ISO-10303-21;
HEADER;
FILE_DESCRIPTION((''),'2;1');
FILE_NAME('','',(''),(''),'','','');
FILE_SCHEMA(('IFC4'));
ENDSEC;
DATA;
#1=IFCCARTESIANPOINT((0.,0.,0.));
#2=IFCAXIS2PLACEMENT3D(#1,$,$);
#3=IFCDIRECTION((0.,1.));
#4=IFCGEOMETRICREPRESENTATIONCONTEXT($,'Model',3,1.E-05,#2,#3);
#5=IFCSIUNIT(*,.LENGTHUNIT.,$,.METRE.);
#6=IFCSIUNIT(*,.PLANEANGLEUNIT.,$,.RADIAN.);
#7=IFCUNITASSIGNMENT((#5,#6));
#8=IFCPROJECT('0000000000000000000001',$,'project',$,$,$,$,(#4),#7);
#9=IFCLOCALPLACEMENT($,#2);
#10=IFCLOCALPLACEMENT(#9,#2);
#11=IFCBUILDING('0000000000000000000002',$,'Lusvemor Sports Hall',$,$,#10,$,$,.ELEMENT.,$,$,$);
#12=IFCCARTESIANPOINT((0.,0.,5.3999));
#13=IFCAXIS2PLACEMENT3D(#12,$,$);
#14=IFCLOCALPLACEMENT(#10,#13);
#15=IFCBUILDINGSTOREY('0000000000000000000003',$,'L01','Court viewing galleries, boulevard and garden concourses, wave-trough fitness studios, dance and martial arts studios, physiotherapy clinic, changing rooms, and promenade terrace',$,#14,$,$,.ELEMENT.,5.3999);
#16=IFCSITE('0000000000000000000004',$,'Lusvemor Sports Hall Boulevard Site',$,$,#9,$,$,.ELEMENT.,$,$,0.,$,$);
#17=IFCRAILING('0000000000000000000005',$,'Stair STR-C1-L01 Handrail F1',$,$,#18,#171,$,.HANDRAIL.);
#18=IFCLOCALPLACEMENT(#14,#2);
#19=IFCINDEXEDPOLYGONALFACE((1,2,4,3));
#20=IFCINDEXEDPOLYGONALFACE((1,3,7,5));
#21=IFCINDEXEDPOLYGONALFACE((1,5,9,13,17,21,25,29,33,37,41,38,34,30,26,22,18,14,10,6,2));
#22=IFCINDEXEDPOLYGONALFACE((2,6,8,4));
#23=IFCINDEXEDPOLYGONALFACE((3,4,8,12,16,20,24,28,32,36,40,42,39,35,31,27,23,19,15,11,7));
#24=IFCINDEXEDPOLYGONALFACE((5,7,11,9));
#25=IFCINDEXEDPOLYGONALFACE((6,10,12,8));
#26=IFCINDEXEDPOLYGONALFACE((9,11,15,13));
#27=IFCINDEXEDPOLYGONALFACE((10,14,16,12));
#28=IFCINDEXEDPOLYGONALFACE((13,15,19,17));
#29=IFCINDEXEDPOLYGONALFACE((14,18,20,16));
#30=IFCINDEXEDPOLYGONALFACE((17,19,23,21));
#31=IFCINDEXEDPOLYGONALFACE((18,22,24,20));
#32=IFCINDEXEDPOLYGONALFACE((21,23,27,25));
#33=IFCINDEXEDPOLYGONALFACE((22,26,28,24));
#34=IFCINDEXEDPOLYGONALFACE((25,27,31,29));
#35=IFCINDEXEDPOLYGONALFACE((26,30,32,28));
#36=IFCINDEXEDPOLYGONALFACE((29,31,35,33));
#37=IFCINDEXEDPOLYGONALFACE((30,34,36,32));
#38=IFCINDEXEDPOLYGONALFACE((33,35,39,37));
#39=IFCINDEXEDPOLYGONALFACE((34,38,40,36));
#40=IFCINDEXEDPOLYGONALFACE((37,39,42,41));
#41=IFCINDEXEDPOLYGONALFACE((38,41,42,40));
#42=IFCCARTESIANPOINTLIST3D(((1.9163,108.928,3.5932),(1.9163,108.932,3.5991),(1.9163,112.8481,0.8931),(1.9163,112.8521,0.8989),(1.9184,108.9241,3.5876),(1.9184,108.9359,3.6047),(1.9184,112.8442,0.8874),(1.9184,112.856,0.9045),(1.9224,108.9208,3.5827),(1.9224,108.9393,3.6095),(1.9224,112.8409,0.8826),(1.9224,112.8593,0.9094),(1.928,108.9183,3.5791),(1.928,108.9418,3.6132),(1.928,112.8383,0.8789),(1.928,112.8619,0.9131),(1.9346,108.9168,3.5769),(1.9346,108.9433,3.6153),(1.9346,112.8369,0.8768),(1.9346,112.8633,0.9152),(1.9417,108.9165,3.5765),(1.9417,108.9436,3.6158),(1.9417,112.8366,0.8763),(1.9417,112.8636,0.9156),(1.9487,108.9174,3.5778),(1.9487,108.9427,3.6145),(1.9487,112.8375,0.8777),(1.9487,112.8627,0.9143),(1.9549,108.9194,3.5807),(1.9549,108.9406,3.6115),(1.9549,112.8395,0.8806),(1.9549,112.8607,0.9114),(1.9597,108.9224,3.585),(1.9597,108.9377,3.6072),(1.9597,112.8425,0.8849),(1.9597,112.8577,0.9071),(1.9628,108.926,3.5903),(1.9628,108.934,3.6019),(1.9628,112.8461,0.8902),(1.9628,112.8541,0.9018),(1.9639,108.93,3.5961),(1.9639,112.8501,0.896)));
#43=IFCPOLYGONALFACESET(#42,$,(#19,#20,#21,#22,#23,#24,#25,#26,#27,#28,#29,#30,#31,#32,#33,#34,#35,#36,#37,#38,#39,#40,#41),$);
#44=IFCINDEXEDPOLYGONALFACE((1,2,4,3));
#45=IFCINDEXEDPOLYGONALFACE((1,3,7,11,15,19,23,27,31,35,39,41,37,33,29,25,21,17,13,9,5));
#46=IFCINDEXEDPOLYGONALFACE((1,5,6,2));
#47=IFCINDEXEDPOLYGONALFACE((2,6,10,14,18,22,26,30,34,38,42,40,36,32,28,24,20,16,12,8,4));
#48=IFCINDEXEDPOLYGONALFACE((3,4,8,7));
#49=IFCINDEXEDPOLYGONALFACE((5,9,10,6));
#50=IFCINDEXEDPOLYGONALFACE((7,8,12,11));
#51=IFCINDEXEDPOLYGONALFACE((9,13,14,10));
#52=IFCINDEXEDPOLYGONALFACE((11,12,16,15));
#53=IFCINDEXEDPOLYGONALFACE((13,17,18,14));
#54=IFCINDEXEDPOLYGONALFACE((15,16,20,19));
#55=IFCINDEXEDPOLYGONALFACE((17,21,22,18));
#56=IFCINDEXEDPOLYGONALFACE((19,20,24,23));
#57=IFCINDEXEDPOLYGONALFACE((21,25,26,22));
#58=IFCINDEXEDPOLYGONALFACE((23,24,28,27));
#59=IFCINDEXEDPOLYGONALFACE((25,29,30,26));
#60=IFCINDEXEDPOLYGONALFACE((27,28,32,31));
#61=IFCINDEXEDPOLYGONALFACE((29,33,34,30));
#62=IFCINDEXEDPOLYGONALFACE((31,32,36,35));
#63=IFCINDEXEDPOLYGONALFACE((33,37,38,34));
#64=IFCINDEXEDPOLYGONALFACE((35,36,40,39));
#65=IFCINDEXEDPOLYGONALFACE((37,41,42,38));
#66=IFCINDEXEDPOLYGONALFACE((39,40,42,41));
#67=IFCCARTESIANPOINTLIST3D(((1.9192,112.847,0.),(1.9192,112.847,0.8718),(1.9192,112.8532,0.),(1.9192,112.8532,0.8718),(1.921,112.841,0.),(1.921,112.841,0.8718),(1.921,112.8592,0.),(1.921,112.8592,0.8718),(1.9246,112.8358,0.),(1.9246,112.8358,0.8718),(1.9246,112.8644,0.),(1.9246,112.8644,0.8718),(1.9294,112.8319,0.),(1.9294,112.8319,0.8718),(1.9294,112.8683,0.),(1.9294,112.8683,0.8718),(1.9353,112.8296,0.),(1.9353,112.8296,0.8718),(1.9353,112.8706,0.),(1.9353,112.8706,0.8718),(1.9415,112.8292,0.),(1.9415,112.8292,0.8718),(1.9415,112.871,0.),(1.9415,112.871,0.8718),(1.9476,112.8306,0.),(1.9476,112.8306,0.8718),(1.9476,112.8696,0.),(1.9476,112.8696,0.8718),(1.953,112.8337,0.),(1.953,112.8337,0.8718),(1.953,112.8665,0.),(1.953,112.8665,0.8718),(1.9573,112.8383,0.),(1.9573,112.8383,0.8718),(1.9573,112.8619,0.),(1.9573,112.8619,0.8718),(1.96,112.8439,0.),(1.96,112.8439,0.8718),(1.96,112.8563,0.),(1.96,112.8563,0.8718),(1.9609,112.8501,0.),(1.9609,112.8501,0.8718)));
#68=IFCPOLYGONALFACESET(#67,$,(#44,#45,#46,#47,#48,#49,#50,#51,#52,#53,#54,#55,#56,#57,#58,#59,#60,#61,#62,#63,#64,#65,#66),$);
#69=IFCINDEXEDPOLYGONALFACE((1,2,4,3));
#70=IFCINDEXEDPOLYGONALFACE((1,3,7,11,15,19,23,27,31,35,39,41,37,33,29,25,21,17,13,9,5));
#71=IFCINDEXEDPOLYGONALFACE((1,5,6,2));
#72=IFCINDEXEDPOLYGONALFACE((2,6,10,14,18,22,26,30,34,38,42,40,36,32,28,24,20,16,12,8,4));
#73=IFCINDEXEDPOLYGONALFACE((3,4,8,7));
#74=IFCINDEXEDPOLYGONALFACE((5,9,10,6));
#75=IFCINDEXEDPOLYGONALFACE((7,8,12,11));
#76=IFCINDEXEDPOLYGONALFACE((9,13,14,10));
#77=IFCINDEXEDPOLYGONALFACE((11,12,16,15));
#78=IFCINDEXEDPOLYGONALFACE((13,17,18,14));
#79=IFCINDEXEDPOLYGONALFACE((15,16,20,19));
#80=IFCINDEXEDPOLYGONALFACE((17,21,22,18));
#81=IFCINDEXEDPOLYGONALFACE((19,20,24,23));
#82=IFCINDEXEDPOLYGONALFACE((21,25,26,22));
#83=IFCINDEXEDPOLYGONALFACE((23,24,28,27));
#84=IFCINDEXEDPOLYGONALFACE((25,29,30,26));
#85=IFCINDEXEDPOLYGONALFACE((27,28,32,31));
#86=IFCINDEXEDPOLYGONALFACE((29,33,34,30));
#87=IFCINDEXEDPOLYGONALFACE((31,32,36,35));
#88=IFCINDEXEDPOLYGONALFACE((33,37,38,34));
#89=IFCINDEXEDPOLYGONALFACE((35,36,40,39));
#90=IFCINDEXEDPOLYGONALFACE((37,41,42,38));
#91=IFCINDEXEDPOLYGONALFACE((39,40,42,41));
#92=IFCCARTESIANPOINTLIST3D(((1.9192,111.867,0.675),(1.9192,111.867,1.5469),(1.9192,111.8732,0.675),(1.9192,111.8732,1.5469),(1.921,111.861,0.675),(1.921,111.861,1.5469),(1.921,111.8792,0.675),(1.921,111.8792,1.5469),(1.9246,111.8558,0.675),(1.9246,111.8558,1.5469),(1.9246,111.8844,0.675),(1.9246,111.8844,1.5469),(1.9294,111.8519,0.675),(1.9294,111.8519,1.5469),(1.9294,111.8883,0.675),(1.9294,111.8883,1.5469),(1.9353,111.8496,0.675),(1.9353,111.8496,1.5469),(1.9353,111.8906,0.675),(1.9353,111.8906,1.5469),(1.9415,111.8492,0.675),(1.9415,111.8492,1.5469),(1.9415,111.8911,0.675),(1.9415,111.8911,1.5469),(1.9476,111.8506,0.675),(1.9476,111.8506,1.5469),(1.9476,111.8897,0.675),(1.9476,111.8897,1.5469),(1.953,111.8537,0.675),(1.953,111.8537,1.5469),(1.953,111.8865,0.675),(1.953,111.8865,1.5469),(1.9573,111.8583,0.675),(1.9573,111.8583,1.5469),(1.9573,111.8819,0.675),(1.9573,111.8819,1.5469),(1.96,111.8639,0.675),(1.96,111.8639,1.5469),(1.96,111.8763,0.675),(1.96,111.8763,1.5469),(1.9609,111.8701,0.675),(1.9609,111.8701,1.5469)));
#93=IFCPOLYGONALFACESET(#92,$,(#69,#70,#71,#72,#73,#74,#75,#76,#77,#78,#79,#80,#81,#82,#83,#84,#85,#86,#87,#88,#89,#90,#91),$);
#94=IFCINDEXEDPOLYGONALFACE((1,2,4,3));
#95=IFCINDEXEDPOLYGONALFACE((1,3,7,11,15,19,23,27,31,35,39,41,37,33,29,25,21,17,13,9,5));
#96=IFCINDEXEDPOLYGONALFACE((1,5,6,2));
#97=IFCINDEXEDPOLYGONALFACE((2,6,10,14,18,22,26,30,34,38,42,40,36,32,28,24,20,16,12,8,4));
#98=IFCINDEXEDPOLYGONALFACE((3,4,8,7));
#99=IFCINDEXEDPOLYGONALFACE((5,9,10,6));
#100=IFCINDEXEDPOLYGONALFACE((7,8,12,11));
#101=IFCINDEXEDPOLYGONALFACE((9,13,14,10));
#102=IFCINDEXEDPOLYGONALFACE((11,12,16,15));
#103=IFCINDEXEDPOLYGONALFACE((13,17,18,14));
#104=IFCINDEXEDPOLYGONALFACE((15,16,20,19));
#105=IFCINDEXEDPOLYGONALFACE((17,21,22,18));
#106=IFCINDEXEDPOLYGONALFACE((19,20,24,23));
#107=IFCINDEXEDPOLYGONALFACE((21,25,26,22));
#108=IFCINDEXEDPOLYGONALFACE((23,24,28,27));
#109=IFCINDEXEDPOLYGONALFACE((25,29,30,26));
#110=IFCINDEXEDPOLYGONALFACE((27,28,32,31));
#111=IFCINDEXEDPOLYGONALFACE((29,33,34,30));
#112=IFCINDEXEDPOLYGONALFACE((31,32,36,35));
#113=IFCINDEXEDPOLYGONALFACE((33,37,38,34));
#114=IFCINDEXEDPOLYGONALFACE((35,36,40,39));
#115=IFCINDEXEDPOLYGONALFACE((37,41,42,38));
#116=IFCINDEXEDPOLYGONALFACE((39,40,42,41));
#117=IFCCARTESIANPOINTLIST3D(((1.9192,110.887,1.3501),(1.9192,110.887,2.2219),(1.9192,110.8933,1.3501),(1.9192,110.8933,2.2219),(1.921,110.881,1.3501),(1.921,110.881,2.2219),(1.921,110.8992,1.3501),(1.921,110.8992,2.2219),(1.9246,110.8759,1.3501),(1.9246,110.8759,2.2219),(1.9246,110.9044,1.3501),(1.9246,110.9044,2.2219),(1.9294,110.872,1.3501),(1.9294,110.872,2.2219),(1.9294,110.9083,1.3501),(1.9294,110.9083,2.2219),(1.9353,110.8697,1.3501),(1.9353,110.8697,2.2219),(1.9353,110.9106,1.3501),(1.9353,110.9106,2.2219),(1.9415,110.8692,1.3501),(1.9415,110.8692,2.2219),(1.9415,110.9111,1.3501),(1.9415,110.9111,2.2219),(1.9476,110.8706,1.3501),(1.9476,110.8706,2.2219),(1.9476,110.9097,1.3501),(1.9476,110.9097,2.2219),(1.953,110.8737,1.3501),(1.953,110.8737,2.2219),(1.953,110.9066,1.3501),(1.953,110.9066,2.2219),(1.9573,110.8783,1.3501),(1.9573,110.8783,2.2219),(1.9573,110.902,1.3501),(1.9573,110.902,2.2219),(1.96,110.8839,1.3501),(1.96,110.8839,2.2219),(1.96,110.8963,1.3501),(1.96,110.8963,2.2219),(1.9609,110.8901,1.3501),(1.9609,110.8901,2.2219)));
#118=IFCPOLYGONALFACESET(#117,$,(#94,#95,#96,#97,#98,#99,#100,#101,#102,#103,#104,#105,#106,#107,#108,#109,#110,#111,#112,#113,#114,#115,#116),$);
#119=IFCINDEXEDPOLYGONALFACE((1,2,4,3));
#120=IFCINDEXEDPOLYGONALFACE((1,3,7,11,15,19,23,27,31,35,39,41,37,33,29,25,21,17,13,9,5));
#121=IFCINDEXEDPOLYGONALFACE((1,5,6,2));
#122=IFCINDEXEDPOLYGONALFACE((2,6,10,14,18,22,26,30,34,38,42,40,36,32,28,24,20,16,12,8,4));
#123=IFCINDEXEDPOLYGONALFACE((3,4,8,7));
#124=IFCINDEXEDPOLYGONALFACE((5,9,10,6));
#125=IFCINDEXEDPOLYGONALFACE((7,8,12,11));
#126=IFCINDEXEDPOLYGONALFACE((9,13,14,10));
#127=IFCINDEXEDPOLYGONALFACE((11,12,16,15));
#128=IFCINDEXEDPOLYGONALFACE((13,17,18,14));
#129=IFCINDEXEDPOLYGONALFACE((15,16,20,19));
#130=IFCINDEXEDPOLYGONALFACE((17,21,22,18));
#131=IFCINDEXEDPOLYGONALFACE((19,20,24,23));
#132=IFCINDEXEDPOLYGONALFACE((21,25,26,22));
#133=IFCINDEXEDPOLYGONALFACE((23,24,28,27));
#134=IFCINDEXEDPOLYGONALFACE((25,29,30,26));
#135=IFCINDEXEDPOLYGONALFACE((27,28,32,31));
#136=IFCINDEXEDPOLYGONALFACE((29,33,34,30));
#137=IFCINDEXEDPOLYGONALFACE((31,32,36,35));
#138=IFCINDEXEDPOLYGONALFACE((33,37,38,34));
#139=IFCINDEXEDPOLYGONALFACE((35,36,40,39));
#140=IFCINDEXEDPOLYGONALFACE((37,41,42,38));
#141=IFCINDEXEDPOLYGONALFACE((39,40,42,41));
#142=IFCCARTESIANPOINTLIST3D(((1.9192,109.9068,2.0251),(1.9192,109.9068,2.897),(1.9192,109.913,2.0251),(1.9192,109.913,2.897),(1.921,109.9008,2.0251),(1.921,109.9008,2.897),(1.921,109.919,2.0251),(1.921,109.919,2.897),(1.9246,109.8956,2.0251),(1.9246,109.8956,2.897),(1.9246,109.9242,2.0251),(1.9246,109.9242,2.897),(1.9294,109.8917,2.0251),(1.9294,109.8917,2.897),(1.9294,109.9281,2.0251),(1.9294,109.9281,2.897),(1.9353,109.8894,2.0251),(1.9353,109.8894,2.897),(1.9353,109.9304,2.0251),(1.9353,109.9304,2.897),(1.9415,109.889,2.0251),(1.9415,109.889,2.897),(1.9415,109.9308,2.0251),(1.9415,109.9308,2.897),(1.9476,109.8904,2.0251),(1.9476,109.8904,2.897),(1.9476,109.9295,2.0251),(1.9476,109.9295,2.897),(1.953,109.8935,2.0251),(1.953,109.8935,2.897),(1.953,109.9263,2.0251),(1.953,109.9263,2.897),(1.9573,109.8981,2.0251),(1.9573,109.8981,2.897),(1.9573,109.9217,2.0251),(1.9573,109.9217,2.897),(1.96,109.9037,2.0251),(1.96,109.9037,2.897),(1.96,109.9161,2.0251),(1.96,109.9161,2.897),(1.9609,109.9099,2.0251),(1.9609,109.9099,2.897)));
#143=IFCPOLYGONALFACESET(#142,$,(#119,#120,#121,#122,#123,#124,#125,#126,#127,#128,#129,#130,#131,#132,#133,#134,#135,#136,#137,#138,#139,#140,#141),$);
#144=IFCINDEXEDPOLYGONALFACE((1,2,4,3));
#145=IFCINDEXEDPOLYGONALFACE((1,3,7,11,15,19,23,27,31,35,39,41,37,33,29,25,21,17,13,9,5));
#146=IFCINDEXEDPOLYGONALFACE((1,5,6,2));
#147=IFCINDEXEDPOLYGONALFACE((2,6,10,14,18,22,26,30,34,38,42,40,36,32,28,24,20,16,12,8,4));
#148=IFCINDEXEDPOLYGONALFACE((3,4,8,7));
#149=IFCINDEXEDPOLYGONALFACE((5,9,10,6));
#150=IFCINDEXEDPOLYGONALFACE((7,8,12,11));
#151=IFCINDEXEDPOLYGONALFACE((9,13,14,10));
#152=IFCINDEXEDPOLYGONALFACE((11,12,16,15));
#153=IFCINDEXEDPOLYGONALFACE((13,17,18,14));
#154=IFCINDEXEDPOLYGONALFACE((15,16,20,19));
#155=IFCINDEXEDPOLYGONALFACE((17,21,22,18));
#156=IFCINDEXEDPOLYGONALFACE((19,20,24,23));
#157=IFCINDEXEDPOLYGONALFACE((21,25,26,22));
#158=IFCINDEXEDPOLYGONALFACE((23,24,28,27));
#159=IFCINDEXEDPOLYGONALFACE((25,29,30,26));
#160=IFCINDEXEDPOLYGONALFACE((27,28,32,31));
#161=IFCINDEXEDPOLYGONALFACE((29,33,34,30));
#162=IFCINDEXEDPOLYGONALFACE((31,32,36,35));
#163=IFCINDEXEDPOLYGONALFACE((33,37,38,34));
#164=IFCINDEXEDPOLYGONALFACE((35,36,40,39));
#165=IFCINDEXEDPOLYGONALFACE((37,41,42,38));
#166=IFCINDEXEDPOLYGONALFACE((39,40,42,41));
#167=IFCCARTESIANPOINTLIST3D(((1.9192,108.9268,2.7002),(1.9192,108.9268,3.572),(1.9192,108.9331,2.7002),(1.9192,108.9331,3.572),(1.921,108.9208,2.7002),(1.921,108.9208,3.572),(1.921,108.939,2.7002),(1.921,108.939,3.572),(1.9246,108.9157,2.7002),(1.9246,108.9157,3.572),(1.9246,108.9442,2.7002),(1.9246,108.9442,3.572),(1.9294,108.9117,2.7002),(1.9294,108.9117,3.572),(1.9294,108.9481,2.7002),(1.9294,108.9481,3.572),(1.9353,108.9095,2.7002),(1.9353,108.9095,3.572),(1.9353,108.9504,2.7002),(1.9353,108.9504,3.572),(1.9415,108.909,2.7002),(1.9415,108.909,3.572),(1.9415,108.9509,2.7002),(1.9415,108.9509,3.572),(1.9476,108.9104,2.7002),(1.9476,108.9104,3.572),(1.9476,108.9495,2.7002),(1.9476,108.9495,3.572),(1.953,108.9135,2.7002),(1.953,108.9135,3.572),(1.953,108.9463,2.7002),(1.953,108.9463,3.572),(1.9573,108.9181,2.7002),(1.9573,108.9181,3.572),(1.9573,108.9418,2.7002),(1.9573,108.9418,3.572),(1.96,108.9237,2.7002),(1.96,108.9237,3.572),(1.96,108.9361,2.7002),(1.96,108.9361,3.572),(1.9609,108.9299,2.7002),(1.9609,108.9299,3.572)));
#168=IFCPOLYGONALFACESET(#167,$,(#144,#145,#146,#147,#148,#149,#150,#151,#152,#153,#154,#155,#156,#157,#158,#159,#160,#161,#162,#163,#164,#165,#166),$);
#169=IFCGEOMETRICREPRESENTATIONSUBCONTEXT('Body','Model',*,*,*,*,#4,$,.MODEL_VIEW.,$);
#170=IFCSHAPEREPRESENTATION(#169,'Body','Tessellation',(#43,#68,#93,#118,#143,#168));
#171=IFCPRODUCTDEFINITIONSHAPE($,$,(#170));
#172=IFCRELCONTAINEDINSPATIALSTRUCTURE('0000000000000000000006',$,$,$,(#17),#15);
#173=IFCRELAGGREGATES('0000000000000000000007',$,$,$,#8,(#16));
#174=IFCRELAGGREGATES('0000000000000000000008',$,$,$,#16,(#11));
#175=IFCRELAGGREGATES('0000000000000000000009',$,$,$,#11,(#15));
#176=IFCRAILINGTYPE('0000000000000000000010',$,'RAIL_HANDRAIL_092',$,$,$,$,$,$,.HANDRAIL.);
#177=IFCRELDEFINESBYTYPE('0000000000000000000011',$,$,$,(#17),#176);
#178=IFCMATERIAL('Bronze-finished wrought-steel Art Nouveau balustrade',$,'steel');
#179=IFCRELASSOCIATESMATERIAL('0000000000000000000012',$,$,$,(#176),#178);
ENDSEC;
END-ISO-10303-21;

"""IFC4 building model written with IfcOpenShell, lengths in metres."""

from ifc_helpers import new_model, si_unit, direction, frame, origin, origin_2d, place, context, subcontext, project, spatial, circle, extrude, material, type_object, element, save


model = new_model("IFC4")

# Units and contexts
model_context = context("Model", 3, precision=1e-05, world=origin(), true_north=direction((0.0, 1.0)))
body_context = subcontext(model_context, "Body", "Model", "MODEL_VIEW")
ifc_project = project(units=[si_unit("LENGTHUNIT", "METRE"), si_unit("PLANEANGLEUNIT", "RADIAN")], contexts=[model_context])

# Site, building, storey
site_placement = place(None, origin())
site = spatial("IfcSite", under=ifc_project, at=site_placement, Name="Lusvemor Sports Hall Boulevard Site", CompositionType="ELEMENT", RefElevation=0.0)
building_placement = place(site_placement, origin())
building = spatial("IfcBuilding", under=site, at=building_placement, Name="Lusvemor Sports Hall", CompositionType="ELEMENT")
storey_placement = place(building_placement, frame((0.0, 0.0, 5.3999)))
storey = spatial("IfcBuildingStorey", under=building, at=storey_placement, Name="L01", Description="Court viewing galleries, boulevard and garden concourses, wave-trough fitness studios, dance and martial arts studios, physiotherapy clinic, changing rooms, and promenade terrace", CompositionType="ELEMENT", Elevation=5.3999)

# Railing
ifc_material_1 = material(Name="Bronze-finished wrought-steel Art Nouveau balustrade", Category="steel")
railing_type_1 = type_object("IfcRailingType", Name="RAIL_HANDRAIL_092", PredefinedType="HANDRAIL", material=ifc_material_1)
railing_1_placement = place(storey_placement, frame((1.9399, 112.8501, 0.0)))
element("IfcRailing", 1, at=railing_1_placement, inside=storey, type_object=railing_type_1, Name="Stair STR-C1-L01 Handrail F1", PredefinedType="HANDRAIL", context=body_context, shape_type="SweptSolid", body=[
    extrude(circle(Radius=0.0239, at=origin_2d()), frame((0.0, 0.0, 0.896), z_axis=(0.0, -0.823543, 0.567253), x_axis=(1.0, 0.0, 0.0)), (0.0, 0.0, 1.0), 4.76),
    extrude(circle(Radius=0.021, at=origin_2d()), origin(), (0.0, 0.0, 1.0), 0.8718),
    extrude(circle(Radius=0.021, at=origin_2d()), frame((0.0, -0.98, 0.675)), (0.0, 0.0, 1.0), 0.8718),
    extrude(circle(Radius=0.021, at=origin_2d()), frame((0.0, -1.96, 1.3501)), (0.0, 0.0, 1.0), 0.8718),
    extrude(circle(Radius=0.021, at=origin_2d()), frame((0.0, -2.9402, 2.0251)), (0.0, 0.0, 1.0), 0.8718),
    extrude(circle(Radius=0.021, at=origin_2d()), frame((0.0, -3.9202, 2.7002)), (0.0, 0.0, 1.0), 0.8718),
])

save(model, "model.ifc")
